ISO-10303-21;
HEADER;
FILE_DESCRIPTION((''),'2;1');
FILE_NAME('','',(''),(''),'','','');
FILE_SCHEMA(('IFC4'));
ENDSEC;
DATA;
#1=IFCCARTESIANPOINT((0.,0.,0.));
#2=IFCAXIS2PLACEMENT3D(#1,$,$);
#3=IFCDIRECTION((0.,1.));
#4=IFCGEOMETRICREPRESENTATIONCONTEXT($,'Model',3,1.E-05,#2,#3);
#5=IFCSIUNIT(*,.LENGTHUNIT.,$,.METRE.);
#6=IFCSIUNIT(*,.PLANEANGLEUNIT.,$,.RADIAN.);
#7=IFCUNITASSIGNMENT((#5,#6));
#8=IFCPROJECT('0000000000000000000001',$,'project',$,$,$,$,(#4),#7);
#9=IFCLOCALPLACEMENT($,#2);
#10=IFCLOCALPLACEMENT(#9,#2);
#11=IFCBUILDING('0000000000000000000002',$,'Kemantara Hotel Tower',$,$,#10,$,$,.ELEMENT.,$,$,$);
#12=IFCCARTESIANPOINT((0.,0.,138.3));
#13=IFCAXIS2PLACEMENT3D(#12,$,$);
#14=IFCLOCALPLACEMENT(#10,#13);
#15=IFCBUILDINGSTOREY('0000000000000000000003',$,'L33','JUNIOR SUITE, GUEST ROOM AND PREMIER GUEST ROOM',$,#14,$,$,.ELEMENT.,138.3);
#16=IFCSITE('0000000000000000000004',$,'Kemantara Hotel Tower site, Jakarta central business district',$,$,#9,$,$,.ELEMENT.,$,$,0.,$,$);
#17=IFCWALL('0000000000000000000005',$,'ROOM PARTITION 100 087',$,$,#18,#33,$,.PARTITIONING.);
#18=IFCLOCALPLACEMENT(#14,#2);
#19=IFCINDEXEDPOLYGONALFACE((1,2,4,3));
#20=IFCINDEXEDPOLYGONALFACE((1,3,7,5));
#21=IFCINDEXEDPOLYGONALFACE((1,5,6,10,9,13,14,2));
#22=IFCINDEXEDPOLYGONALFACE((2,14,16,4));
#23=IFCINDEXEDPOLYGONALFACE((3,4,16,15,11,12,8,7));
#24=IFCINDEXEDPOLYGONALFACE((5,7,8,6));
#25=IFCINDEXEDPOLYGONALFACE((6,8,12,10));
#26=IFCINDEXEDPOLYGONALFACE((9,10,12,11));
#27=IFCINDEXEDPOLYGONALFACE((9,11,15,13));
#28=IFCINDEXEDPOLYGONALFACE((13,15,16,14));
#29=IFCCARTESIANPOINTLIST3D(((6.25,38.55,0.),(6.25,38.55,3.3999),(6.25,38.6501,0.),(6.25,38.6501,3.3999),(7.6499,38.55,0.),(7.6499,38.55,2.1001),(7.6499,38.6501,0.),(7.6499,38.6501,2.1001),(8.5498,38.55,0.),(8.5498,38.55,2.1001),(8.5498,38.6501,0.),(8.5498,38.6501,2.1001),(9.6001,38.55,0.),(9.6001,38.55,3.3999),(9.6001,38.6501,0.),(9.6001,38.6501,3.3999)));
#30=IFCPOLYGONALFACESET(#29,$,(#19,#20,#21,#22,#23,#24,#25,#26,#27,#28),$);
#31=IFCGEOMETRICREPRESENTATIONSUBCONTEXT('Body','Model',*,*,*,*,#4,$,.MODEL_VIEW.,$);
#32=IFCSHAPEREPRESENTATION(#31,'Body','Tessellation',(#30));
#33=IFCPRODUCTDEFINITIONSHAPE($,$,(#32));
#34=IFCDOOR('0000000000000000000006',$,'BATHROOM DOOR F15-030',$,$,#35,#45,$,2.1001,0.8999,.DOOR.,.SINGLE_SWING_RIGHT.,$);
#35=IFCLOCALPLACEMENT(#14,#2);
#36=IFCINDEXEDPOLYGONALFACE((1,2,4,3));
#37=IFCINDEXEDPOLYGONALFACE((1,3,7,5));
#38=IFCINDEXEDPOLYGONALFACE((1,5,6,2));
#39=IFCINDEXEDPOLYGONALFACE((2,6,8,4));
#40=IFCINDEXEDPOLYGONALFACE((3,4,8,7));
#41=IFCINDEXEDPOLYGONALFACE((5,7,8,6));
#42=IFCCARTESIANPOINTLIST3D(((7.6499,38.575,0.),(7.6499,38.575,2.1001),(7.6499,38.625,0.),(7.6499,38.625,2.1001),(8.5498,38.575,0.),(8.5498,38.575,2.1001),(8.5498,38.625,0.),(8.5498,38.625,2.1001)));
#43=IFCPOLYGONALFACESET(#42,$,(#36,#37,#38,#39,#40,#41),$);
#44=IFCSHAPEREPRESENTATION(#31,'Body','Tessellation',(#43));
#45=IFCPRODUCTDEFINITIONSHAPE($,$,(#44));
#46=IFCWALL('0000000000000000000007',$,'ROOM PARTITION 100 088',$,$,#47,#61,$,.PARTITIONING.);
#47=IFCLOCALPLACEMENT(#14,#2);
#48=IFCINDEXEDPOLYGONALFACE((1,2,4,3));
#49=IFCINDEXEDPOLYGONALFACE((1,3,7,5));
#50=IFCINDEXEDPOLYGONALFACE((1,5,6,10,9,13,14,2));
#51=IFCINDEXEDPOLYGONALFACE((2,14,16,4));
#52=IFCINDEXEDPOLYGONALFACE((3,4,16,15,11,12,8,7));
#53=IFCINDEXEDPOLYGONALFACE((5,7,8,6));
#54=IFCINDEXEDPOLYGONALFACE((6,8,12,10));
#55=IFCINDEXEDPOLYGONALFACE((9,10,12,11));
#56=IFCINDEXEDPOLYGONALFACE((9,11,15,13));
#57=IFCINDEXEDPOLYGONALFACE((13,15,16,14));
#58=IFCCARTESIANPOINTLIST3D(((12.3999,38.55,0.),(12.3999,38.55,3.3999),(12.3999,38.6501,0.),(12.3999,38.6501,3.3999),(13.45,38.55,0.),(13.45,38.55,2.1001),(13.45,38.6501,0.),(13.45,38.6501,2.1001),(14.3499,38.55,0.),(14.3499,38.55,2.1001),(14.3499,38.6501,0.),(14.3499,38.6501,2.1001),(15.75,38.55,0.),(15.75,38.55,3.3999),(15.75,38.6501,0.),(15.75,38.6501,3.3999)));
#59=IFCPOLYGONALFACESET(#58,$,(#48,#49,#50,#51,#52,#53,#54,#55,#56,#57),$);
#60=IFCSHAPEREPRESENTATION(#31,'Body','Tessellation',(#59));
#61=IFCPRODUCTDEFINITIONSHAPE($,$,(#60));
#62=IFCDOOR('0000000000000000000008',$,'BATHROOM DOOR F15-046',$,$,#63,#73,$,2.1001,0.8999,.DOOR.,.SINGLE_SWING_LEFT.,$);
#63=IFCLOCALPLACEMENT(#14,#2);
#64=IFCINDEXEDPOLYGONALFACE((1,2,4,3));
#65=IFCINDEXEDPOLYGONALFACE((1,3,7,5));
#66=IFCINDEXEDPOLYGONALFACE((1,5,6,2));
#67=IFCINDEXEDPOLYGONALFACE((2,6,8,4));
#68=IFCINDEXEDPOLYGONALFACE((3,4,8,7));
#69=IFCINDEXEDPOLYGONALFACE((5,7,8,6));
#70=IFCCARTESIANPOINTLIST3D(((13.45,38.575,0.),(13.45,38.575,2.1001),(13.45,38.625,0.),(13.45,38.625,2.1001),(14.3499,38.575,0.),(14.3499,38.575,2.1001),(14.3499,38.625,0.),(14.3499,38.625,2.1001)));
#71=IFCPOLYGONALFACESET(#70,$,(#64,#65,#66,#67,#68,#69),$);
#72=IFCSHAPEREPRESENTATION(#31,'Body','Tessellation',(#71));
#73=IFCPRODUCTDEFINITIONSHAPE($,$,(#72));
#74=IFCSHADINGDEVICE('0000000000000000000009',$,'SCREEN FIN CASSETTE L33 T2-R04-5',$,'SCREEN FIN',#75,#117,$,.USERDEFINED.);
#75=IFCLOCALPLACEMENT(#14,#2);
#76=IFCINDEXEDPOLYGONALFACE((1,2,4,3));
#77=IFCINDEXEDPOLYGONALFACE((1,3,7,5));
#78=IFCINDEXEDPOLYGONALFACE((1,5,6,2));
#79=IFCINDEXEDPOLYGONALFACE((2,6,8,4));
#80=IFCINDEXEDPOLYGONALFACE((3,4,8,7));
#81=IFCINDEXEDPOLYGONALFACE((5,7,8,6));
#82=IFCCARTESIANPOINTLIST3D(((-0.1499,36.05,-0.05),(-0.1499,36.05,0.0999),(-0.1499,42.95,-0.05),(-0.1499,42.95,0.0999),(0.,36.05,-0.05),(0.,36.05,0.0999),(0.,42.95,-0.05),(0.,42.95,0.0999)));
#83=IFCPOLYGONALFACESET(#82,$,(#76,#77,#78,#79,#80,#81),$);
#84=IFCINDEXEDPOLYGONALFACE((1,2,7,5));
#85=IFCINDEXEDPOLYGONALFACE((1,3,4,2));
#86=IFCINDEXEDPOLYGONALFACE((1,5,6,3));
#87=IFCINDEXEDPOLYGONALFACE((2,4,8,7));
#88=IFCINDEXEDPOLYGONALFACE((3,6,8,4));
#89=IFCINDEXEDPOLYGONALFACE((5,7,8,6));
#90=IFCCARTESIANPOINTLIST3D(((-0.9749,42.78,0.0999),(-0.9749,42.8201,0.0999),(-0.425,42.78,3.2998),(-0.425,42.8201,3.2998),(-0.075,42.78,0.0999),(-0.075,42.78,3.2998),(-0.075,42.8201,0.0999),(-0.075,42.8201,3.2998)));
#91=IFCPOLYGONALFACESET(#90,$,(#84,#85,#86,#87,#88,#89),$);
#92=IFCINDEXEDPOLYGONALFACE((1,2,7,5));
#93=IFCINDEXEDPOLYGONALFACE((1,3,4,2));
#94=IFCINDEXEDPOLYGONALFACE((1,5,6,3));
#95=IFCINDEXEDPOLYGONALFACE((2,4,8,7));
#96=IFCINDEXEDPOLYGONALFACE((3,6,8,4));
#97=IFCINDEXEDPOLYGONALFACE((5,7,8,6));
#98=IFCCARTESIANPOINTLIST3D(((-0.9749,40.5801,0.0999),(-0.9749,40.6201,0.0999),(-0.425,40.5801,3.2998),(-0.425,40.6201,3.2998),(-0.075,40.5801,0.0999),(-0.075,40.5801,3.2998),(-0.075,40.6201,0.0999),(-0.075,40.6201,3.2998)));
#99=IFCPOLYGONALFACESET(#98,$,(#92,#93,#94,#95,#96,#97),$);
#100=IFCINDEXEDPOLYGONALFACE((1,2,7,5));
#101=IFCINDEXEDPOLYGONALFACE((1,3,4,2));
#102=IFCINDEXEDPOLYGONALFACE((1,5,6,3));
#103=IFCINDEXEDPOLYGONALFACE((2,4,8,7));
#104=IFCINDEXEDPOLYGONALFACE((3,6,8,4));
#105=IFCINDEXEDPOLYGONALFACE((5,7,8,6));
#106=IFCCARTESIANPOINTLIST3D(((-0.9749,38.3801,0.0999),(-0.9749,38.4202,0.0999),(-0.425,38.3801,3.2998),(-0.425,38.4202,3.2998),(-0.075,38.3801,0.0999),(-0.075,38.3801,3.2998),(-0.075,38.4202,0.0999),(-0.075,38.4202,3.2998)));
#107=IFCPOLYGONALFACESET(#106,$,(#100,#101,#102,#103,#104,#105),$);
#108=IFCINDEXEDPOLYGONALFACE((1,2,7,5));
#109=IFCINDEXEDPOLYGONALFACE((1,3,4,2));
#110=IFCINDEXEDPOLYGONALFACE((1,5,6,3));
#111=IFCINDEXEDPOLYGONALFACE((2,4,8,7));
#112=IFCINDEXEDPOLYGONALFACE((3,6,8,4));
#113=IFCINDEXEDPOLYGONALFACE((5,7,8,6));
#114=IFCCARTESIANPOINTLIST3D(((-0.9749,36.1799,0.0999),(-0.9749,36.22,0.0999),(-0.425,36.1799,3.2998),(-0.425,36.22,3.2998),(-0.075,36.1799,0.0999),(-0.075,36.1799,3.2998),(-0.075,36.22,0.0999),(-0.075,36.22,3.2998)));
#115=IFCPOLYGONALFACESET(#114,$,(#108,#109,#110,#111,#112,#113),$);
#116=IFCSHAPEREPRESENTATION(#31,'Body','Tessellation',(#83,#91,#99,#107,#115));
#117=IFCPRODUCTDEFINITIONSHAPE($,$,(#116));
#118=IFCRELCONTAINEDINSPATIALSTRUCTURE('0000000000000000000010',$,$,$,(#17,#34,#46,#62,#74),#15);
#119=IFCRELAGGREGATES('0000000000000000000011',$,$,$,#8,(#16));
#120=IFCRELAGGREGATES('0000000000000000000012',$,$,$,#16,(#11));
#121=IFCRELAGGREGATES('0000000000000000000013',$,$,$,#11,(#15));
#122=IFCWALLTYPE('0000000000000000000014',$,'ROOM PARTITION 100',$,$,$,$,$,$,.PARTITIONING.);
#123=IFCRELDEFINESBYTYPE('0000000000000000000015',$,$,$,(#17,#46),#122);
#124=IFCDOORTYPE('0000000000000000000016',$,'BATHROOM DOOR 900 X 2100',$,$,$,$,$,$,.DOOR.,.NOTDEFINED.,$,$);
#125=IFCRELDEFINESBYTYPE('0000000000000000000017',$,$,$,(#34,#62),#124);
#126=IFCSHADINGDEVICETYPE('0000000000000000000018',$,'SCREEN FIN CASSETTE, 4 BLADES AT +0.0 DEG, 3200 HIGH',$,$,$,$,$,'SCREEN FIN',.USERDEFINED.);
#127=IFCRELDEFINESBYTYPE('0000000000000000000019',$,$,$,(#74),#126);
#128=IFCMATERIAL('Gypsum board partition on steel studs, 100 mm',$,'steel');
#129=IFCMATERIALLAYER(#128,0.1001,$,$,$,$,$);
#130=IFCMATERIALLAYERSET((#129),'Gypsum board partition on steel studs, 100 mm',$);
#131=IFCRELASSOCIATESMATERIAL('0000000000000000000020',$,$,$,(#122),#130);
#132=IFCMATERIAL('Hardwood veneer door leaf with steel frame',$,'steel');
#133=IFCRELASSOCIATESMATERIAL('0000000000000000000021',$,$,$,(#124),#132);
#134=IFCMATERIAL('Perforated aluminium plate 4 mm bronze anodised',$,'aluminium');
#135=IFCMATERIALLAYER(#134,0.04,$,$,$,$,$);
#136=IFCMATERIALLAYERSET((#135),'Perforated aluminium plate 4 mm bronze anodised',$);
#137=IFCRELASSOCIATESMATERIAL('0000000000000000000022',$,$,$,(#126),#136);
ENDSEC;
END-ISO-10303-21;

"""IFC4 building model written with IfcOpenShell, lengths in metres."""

from ifc_helpers import new_model, si_unit, direction, frame, frame_2d, origin, origin_2d, place, context, subcontext, project, spatial, polyline, rectangle, outline, extrude, source, transform, mapped, material, layer, layer_set, type_object, element, fill, save


model = new_model("IFC4")

# Units and contexts
model_context = context("Model", 3, precision=1e-05, world=origin(), true_north=direction((0.0, 1.0)))
body_context = subcontext(model_context, "Body", "Model", "MODEL_VIEW")
ifc_project = project(units=[si_unit("LENGTHUNIT", "METRE"), si_unit("PLANEANGLEUNIT", "RADIAN")], contexts=[model_context])

# Site, building, storey
site_placement = place(None, origin())
site = spatial("IfcSite", under=ifc_project, at=site_placement, Name="Kemantara Hotel Tower site, Jakarta central business district", CompositionType="ELEMENT", RefElevation=0.0)
building_placement = place(site_placement, origin())
building = spatial("IfcBuilding", under=site, at=building_placement, Name="Kemantara Hotel Tower", CompositionType="ELEMENT")
storey_placement = place(building_placement, frame((0.0, 0.0, 138.3)))
storey = spatial("IfcBuildingStorey", under=building, at=storey_placement, Name="L33", Description="JUNIOR SUITE, GUEST ROOM AND PREMIER GUEST ROOM", CompositionType="ELEMENT", Elevation=138.3)

# Shared definitions
ifc_material_1 = material(Name="Hardwood veneer door leaf with steel frame", Category="steel")

# Shared definitions
ifc_material_2 = material(Name="Gypsum board partition on steel studs, 100 mm", Category="steel")
ifc_layer_1 = layer(ifc_material_2, 0.1001)
ifc_layer_set_1 = layer_set([ifc_layer_1], Name="Gypsum board partition on steel studs, 100 mm")
wall_type_1 = type_object("IfcWallType", Name="ROOM PARTITION 100", PredefinedType="PARTITIONING", material=ifc_layer_set_1)

# Walls, openings, doors
wall_1_placement = place(storey_placement, frame((6.25, 38.6001, 0.0), z_axis=(0.0, 0.0, 1.0), x_axis=(1.0, 0.0, 0.0)))
wall_1 = element("IfcWall", 1, at=wall_1_placement, inside=storey, type_object=wall_type_1, Name="ROOM PARTITION 100 087", PredefinedType="PARTITIONING", context=body_context, shape_type="SweptSolid", body=[
    extrude(rectangle(XDim=3.3501, YDim=0.1001, at=frame_2d((1.675, 0.0))), origin(), (0.0, 0.0, 1.0), 3.3999),
])
opening_1_placement = place(wall_1_placement, frame((1.3999, 0.0, 0.0)))
opening_1 = element("IfcOpeningElement", 2, at=opening_1_placement, cuts=wall_1, PredefinedType="OPENING", context=body_context, shape_type="SweptSolid", body=[
    extrude(rectangle(XDim=0.8999, YDim=2.1001, at=frame_2d((0.45, 1.05))), frame((0.0, 0.0601, 0.0), z_axis=(0.0, -1.0, 0.0), x_axis=(1.0, 0.0, 0.0)), (0.0, 0.0, 1.0), 0.1201),
])
door_type_1 = type_object("IfcDoorType", Name="BATHROOM DOOR 900 X 2100", OperationType="NOTDEFINED", PredefinedType="DOOR", material=ifc_material_1)
door_1_placement = place(opening_1_placement, origin())
door_1 = element("IfcDoor", 3, at=door_1_placement, inside=storey, type_object=door_type_1, Name="BATHROOM DOOR F15-030", OperationType="SINGLE_SWING_RIGHT", OverallHeight=2.1001, OverallWidth=0.8999, PredefinedType="DOOR", context=body_context, shape_type="SweptSolid", body=[
    extrude(rectangle(XDim=0.8999, YDim=2.1001, at=frame_2d((0.45, 1.05))), frame((0.0, 0.0249, 0.0), z_axis=(0.0, -1.0, 0.0), x_axis=(1.0, 0.0, 0.0)), (0.0, 0.0, 1.0), 0.05),
])
fill(opening_1, door_1)
wall_2_placement = place(storey_placement, frame((12.3999, 38.6001, 0.0), z_axis=(0.0, 0.0, 1.0), x_axis=(1.0, 0.0, 0.0)))
wall_2 = element("IfcWall", 4, at=wall_2_placement, inside=storey, type_object=wall_type_1, Name="ROOM PARTITION 100 088", PredefinedType="PARTITIONING", context=body_context, shape_type="SweptSolid", body=[
    extrude(rectangle(XDim=3.3501, YDim=0.1001, at=frame_2d((1.675, 0.0))), origin(), (0.0, 0.0, 1.0), 3.3999),
])
opening_2_placement = place(wall_2_placement, frame((1.05, 0.0, 0.0)))
opening_2 = element("IfcOpeningElement", 5, at=opening_2_placement, cuts=wall_2, PredefinedType="OPENING", context=body_context, shape_type="SweptSolid", body=[
    extrude(rectangle(XDim=0.8999, YDim=2.1001, at=frame_2d((0.45, 1.05))), frame((0.0, 0.0601, 0.0), z_axis=(0.0, -1.0, 0.0), x_axis=(1.0, 0.0, 0.0)), (0.0, 0.0, 1.0), 0.1201),
])
door_2_placement = place(opening_2_placement, origin())
door_2 = element("IfcDoor", 6, at=door_2_placement, inside=storey, type_object=door_type_1, Name="BATHROOM DOOR F15-046", OperationType="SINGLE_SWING_LEFT", OverallHeight=2.1001, OverallWidth=0.8999, PredefinedType="DOOR", context=body_context, shape_type="SweptSolid", body=[
    extrude(rectangle(XDim=0.8999, YDim=2.1001, at=frame_2d((0.45, 1.05))), frame((0.0, 0.0249, 0.0), z_axis=(0.0, -1.0, 0.0), x_axis=(1.0, 0.0, 0.0)), (0.0, 0.0, 1.0), 0.05),
])
fill(opening_2, door_2)

# Shading device
ifc_material_3 = material(Name="Perforated aluminium plate 4 mm bronze anodised", Category="aluminium")
ifc_layer_2 = layer(ifc_material_3, 0.04)
ifc_layer_set_2 = layer_set([ifc_layer_2], Name="Perforated aluminium plate 4 mm bronze anodised")
shading_device_type = type_object("IfcShadingDeviceType", Name="SCREEN FIN CASSETTE, 4 BLADES AT +0.0 DEG, 3200 HIGH", ElementType="SCREEN FIN", PredefinedType="USERDEFINED", material=ifc_layer_set_2)
shared_shape = source(origin(), body_context, "Body", "SweptSolid", [
    extrude(rectangle(XDim=6.8999, YDim=0.1499, at=origin_2d()), frame((3.3, -0.075, -0.1499), z_axis=(0.0, 0.0, 1.0), x_axis=(1.0, 0.0, 0.0)), (0.0, 0.0, 1.0), 0.1499),
    extrude(outline(polyline([(0.0, 0.0), (0.8999, 0.0), (0.3501, 3.2), (0.0, 3.2), (0.0, 0.0)])), frame((0.02, -0.075, 0.0), z_axis=(-1.0, 0.0, 0.0), x_axis=(0.0, -1.0, 0.0)), (0.0, 0.0, 1.0), 0.04),
    extrude(outline(polyline([(0.0, 0.0), (0.8999, 0.0), (0.3501, 3.2), (0.0, 3.2), (0.0, 0.0)])), frame((2.22, -0.075, 0.0), z_axis=(-1.0, 0.0, 0.0), x_axis=(0.0, -1.0, 0.0)), (0.0, 0.0, 1.0), 0.04),
    extrude(outline(polyline([(0.0, 0.0), (0.8999, 0.0), (0.3501, 3.2), (0.0, 3.2), (0.0, 0.0)])), frame((4.4199, -0.075, 0.0), z_axis=(-1.0, 0.0, 0.0), x_axis=(0.0, -1.0, 0.0)), (0.0, 0.0, 1.0), 0.04),
    extrude(outline(polyline([(0.0, 0.0), (0.8999, 0.0), (0.3501, 3.2), (0.0, 3.2), (0.0, 0.0)])), frame((6.6201, -0.075, 0.0), z_axis=(-1.0, 0.0, 0.0), x_axis=(0.0, -1.0, 0.0)), (0.0, 0.0, 1.0), 0.04),
])
shading_device_placement = place(storey_placement, frame((0.0, 42.8, 0.0999), z_axis=(0.0, 0.0, 1.0), x_axis=(0.0, -1.0, 0.0)))
element("IfcShadingDevice", 7, at=shading_device_placement, inside=storey, type_object=shading_device_type, Name="SCREEN FIN CASSETTE L33 T2-R04-5", ObjectType="SCREEN FIN", PredefinedType="USERDEFINED", context=body_context, shape_type="MappedRepresentation", body=[
    mapped(shared_shape, transform((0.0, 0.0, 0.0))),
])

save(model, "model.ifc")
